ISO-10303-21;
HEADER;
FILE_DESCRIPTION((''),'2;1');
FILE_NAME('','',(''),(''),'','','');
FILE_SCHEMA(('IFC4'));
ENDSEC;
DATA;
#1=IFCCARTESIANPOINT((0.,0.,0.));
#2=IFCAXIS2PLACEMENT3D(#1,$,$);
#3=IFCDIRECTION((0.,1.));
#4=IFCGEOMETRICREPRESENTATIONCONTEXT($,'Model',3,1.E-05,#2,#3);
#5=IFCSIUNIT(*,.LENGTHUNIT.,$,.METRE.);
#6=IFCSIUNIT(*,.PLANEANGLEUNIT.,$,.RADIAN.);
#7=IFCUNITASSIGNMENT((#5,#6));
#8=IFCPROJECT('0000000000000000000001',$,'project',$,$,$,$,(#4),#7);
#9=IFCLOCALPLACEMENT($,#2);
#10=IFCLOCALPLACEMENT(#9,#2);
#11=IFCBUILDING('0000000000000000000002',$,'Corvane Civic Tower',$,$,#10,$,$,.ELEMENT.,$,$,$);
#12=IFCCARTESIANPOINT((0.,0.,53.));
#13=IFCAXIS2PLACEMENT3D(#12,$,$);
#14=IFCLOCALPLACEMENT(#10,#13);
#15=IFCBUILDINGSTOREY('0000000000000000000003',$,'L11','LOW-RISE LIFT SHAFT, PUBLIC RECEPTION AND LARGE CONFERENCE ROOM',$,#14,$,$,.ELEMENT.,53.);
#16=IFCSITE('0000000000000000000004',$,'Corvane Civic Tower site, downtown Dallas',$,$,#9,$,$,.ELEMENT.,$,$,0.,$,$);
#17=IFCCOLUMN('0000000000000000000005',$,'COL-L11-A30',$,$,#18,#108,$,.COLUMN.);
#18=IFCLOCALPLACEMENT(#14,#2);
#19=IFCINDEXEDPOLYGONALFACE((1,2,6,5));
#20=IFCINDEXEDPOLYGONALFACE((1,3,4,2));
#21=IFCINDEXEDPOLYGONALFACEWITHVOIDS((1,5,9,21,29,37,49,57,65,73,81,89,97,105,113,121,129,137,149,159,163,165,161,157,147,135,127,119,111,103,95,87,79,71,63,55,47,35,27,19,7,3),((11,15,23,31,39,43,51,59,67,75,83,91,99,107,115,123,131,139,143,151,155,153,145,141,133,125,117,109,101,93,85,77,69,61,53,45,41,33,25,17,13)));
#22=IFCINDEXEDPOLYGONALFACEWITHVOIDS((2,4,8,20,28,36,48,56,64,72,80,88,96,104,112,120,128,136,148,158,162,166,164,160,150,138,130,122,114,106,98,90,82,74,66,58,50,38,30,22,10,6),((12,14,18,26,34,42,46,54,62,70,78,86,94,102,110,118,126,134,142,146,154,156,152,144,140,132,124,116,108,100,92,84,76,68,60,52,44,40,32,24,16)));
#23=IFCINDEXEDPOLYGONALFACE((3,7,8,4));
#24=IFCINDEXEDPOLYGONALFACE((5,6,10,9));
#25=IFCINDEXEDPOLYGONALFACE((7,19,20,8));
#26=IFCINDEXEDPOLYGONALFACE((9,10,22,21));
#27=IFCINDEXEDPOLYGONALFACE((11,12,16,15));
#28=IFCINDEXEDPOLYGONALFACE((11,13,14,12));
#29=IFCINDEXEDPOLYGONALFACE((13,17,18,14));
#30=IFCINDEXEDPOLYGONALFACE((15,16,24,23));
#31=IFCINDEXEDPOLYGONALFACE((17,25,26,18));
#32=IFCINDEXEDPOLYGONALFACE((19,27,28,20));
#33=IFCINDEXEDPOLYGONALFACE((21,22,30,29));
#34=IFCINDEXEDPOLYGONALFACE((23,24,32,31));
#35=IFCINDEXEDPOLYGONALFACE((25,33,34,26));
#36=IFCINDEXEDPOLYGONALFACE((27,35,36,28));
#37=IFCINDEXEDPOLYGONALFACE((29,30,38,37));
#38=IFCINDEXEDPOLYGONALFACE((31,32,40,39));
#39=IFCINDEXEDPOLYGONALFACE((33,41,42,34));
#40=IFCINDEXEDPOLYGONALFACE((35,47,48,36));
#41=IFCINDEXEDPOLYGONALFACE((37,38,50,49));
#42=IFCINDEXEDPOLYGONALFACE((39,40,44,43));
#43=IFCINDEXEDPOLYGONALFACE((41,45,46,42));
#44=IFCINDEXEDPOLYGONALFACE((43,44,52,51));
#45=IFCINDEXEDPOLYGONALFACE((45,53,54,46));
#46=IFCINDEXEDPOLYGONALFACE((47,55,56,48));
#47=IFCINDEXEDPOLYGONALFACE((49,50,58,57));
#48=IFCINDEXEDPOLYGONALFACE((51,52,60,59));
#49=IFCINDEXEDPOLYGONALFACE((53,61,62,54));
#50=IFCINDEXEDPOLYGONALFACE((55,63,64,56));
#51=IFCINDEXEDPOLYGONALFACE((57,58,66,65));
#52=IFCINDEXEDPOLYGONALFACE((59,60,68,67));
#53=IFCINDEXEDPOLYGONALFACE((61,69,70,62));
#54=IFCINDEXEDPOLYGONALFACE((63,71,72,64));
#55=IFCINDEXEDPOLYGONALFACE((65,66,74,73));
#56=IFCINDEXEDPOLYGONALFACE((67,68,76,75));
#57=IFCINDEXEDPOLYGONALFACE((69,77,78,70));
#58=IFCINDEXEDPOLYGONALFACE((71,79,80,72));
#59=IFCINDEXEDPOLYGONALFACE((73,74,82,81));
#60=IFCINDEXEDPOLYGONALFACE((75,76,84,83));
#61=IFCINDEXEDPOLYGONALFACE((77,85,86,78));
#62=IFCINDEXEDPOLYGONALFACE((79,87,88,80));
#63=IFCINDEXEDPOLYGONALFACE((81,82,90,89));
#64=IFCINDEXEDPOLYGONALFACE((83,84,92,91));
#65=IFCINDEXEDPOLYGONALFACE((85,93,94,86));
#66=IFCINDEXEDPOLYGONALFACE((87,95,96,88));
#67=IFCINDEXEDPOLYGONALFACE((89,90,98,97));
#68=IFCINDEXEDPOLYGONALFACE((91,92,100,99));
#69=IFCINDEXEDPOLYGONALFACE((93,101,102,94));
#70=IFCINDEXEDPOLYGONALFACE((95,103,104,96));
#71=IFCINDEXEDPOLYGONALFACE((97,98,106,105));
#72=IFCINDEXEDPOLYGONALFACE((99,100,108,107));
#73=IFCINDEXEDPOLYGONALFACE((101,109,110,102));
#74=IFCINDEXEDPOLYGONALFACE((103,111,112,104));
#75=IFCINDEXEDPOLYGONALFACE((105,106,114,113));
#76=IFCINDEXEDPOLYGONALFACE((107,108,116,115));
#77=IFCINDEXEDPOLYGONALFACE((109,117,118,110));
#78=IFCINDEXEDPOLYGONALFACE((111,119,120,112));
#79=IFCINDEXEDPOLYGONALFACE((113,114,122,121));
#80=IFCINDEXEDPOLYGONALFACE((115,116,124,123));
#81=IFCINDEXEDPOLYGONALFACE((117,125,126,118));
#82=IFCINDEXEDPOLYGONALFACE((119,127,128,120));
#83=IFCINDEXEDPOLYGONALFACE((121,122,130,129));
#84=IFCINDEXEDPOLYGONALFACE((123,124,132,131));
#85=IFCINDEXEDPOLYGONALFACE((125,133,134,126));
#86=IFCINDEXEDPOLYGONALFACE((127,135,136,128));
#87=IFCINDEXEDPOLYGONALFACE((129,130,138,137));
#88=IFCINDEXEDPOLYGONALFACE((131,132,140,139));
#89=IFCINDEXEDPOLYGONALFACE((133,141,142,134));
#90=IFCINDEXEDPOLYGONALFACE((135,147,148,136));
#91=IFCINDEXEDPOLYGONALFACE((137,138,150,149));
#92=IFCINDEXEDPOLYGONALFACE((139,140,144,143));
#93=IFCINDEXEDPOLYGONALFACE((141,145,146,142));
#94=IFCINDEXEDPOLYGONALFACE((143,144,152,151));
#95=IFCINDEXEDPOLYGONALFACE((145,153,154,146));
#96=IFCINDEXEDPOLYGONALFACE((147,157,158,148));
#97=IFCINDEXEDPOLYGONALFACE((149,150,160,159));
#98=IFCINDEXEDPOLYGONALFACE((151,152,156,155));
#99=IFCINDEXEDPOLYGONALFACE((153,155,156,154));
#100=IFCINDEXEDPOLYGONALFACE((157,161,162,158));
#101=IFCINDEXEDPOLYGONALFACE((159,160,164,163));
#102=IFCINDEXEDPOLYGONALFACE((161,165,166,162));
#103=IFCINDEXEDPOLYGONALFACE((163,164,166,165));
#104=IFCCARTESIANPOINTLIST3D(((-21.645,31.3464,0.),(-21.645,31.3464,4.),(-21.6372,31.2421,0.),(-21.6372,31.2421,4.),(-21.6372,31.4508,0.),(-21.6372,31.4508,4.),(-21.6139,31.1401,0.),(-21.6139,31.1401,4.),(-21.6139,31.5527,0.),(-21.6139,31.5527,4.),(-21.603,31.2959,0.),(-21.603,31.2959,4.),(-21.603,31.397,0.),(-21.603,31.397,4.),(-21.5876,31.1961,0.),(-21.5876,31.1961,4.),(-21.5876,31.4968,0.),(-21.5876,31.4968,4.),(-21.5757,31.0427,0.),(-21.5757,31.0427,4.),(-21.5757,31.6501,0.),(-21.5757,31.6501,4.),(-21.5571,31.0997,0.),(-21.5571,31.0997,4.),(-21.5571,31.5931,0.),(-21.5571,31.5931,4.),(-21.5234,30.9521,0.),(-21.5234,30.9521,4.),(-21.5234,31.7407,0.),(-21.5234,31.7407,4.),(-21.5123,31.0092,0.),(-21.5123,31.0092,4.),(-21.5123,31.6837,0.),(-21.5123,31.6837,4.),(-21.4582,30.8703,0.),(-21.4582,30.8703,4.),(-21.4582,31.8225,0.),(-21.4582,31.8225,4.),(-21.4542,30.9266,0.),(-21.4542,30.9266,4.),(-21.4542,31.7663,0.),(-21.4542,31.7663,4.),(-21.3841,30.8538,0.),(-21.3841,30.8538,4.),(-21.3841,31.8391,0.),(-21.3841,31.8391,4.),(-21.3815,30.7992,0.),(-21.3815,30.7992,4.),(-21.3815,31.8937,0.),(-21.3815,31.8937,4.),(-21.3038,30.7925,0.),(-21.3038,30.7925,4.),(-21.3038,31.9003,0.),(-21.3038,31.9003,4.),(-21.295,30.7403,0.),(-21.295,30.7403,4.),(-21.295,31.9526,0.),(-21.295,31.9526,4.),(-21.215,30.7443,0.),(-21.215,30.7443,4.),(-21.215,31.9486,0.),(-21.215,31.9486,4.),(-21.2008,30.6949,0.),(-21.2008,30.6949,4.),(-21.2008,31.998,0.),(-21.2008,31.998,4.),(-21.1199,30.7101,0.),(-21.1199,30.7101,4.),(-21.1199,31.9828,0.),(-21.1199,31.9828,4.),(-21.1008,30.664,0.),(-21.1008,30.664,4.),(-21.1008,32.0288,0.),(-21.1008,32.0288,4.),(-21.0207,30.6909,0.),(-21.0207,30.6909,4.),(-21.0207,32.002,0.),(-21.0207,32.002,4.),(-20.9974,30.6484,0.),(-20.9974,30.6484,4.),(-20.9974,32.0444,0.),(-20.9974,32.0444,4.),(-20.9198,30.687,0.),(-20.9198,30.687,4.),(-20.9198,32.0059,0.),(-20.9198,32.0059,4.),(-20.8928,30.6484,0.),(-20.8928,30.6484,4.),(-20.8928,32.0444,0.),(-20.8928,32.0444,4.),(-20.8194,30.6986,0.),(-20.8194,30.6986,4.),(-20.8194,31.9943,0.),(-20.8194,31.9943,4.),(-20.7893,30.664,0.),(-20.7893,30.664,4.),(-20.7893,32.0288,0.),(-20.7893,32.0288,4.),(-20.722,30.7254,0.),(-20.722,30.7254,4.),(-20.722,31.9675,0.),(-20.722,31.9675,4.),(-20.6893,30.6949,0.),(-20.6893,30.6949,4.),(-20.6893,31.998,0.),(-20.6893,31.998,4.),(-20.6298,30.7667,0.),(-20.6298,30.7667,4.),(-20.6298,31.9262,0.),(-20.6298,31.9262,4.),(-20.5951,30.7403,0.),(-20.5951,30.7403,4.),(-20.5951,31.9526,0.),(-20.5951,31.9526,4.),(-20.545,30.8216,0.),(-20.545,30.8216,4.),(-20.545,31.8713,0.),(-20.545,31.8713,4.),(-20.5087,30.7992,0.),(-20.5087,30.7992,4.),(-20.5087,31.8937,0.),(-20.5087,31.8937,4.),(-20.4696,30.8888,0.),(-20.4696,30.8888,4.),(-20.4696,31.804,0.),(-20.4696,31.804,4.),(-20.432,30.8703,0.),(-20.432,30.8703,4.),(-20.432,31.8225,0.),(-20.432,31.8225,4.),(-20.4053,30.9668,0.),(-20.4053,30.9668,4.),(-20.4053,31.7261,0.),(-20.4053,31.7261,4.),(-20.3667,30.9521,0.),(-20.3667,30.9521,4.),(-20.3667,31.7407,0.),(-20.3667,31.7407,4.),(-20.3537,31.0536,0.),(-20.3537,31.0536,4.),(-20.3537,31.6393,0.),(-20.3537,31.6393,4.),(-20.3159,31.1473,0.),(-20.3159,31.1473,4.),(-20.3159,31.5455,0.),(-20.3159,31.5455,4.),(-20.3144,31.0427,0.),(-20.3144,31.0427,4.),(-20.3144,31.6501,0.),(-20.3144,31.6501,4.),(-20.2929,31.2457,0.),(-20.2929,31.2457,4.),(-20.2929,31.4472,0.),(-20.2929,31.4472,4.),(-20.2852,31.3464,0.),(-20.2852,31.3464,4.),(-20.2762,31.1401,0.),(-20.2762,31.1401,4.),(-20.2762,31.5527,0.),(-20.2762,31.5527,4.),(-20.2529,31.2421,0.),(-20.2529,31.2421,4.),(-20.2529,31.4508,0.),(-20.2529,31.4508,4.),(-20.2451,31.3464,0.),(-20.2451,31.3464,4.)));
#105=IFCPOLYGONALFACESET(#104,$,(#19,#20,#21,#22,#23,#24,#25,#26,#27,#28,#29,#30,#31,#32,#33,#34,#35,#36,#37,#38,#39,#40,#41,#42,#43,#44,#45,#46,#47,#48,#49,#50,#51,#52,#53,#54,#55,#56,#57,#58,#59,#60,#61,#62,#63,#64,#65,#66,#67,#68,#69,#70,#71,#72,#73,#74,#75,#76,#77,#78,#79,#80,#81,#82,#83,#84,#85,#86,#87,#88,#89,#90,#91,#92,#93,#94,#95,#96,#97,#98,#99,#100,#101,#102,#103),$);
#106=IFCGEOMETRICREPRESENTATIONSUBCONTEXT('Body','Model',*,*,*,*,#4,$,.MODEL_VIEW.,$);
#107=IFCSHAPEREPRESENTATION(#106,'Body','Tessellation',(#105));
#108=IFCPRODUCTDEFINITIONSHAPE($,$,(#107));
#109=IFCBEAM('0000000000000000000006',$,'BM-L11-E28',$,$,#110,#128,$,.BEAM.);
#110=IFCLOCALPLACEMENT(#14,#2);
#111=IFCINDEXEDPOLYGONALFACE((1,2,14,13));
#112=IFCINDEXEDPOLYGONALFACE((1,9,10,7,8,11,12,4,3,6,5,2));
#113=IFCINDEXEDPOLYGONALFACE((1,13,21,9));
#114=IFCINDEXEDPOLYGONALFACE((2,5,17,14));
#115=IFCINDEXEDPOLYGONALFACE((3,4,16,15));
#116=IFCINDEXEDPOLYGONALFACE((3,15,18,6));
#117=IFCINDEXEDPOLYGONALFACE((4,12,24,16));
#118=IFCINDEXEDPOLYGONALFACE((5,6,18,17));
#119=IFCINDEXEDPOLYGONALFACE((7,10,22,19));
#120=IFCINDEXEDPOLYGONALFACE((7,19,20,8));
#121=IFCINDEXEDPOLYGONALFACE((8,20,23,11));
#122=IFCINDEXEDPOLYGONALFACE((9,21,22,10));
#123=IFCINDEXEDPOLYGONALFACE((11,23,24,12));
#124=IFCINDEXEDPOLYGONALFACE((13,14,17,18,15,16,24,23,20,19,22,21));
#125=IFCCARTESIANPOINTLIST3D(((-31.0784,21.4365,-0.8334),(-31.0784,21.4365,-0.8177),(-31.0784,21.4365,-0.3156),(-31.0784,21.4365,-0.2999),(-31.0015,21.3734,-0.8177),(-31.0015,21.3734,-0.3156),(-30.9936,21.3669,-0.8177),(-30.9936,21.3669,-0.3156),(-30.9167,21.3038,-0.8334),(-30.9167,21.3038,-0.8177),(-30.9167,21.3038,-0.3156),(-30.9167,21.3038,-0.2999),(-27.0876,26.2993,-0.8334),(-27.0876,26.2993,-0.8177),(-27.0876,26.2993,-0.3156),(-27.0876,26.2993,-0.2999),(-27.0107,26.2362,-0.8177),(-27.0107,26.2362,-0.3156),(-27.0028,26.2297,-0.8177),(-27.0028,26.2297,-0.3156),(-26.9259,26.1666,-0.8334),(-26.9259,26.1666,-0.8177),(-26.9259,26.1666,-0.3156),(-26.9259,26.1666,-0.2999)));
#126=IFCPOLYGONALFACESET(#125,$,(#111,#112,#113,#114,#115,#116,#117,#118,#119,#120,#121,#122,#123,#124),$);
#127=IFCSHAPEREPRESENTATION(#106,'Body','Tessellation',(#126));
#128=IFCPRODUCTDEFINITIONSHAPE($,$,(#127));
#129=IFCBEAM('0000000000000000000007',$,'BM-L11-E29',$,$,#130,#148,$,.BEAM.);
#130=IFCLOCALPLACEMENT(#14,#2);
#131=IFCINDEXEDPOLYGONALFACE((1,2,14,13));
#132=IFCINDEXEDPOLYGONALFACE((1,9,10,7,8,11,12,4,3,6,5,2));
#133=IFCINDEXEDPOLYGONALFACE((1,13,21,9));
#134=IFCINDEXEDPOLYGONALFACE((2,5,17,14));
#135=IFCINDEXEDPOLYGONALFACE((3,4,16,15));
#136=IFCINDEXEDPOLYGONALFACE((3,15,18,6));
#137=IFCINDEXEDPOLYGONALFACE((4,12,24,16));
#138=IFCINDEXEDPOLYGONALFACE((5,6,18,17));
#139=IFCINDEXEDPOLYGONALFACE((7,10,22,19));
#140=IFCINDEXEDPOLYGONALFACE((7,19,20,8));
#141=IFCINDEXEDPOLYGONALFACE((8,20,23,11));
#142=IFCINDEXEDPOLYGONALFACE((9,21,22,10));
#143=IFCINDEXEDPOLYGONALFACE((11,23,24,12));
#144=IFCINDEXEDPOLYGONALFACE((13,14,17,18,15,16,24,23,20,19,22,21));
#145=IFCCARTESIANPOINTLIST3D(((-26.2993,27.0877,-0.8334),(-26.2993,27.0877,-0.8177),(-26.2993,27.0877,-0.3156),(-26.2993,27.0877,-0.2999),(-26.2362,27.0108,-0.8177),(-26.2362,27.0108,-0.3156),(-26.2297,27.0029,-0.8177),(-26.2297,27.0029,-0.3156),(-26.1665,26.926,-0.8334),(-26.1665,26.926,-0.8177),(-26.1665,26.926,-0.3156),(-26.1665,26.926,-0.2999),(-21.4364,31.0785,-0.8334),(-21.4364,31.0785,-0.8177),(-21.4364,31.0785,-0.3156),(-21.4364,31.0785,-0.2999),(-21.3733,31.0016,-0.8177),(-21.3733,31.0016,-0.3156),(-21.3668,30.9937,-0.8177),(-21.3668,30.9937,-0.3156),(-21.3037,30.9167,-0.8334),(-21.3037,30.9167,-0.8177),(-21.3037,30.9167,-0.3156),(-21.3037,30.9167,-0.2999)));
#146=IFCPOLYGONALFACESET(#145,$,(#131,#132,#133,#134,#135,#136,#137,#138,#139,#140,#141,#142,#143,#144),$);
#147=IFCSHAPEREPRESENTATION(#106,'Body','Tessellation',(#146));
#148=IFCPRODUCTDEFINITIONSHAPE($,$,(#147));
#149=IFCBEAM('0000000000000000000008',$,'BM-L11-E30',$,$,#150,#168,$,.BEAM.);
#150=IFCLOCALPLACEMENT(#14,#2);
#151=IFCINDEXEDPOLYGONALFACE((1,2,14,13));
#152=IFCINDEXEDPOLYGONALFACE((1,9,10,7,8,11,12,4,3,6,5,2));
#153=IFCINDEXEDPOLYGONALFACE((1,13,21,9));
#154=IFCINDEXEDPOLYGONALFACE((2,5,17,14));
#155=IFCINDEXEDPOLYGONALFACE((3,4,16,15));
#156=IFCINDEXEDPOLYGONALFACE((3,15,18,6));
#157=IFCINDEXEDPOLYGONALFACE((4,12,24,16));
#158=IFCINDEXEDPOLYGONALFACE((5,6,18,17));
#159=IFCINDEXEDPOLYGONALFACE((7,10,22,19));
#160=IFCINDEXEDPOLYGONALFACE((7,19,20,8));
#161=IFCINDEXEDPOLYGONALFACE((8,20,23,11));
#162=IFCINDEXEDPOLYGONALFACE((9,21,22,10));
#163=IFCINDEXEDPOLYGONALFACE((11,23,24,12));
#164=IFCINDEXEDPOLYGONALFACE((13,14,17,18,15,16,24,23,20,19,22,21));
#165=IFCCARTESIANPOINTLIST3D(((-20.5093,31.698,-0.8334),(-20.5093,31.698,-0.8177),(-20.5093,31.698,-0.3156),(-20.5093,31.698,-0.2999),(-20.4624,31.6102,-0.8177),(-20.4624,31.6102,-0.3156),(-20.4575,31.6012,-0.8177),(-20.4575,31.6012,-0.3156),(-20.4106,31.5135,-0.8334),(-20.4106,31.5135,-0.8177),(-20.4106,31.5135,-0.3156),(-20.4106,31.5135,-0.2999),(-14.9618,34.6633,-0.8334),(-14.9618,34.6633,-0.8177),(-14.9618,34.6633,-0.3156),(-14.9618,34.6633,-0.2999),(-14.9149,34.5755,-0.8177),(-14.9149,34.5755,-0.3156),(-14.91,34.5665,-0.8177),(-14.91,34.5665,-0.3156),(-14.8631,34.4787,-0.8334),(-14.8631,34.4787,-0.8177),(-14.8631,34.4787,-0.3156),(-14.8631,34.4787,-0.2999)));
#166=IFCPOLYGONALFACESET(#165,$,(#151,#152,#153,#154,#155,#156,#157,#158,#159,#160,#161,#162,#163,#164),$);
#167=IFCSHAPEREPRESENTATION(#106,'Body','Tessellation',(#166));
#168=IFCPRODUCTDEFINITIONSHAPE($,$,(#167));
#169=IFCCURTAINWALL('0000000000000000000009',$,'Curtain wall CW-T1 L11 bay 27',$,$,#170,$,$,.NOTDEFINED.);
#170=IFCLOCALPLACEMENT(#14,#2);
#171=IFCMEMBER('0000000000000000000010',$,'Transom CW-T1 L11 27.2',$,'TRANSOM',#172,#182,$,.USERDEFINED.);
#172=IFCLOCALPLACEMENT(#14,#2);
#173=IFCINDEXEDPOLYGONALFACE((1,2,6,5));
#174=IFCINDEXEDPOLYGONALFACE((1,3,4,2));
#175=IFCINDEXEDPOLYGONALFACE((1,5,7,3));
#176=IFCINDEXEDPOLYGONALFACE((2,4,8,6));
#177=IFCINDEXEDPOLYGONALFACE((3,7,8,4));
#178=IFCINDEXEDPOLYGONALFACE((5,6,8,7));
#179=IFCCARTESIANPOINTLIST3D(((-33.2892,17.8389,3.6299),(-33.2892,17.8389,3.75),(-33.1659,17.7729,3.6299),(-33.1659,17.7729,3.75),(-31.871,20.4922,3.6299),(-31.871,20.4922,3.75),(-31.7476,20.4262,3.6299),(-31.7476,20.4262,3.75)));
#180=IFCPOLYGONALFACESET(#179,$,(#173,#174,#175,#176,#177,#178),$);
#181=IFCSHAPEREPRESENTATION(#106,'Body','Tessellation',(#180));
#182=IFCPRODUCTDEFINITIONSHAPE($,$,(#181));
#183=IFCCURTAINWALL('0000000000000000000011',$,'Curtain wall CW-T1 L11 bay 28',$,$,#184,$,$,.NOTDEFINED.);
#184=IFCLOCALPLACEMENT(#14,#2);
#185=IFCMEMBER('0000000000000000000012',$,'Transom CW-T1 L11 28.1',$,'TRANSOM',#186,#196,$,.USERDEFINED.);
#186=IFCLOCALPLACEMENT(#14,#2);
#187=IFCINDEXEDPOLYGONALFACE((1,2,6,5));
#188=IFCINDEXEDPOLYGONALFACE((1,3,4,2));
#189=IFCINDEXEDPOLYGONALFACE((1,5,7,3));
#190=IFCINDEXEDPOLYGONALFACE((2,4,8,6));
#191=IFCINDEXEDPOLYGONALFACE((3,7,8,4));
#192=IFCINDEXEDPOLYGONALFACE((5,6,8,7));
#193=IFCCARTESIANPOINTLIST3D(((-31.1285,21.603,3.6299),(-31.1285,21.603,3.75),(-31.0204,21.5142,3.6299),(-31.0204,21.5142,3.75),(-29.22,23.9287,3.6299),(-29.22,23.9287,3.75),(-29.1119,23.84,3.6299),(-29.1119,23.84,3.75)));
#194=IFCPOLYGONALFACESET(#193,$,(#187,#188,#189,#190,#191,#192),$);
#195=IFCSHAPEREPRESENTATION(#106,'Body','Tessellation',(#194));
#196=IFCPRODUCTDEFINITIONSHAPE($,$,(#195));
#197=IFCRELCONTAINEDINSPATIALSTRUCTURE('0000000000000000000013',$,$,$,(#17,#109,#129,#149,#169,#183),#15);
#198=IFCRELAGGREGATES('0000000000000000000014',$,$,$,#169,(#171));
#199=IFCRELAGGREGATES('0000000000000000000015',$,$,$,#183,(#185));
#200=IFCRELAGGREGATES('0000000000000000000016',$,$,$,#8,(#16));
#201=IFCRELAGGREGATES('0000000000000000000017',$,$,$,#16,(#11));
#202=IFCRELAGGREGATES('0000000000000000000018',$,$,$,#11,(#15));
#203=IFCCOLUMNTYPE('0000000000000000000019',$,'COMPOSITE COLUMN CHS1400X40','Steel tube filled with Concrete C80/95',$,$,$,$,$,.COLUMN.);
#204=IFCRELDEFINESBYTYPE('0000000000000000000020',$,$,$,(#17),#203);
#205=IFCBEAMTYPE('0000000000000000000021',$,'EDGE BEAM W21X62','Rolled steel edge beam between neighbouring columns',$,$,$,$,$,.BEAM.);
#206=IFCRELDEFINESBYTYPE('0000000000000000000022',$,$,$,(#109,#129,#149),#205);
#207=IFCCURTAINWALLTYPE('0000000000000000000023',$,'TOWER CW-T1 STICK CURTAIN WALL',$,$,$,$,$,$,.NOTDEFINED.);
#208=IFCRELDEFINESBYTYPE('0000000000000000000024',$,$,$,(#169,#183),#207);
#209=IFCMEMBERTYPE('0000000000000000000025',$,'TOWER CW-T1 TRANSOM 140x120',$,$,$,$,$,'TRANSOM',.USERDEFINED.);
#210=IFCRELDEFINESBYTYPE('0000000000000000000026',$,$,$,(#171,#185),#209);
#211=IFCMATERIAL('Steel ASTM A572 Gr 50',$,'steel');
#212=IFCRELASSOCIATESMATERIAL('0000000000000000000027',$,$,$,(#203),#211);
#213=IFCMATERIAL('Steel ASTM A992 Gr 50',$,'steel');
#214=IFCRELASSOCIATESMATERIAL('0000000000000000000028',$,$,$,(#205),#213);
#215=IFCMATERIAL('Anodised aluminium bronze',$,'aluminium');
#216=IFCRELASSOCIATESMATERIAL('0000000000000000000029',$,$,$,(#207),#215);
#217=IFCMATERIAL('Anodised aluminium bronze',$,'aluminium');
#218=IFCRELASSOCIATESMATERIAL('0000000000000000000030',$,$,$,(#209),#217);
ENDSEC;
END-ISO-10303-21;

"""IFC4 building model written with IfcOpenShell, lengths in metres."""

from ifc_helpers import new_model, si_unit, direction, frame, origin, origin_2d, place, context, subcontext, project, spatial, rectangle, hollow_circle, i_section, extrude, material, material_profile, profile_set, type_object, element, aggregate, save


model = new_model("IFC4")

# Units and contexts
model_context = context("Model", 3, precision=1e-05, world=origin(), true_north=direction((0.0, 1.0)))
body_context = subcontext(model_context, "Body", "Model", "MODEL_VIEW")
ifc_project = project(units=[si_unit("LENGTHUNIT", "METRE"), si_unit("PLANEANGLEUNIT", "RADIAN")], contexts=[model_context])

# Site, building, storey
site_placement = place(None, origin())
site = spatial("IfcSite", under=ifc_project, at=site_placement, Name="Corvane Civic Tower site, downtown Dallas", CompositionType="ELEMENT", RefElevation=0.0)
building_placement = place(site_placement, origin())
building = spatial("IfcBuilding", under=site, at=building_placement, Name="Corvane Civic Tower", CompositionType="ELEMENT")
storey_placement = place(building_placement, frame((0.0, 0.0, 53.0)))
storey = spatial("IfcBuildingStorey", under=building, at=storey_placement, Name="L11", Description="LOW-RISE LIFT SHAFT, PUBLIC RECEPTION AND LARGE CONFERENCE ROOM", CompositionType="ELEMENT", Elevation=53.0)

# Column
ifc_material_1 = material(Name="Steel ASTM A572 Gr 50", Category="steel")
ifc_material_profile_1 = material_profile(ifc_material_1, hollow_circle(Radius=0.7, WallThickness=0.04, at=origin_2d()), Name="CHS1400X40")
ifc_profile_set_1 = profile_set([ifc_material_profile_1], Name="Steel ASTM A572 Gr 50")
column_type = type_object("IfcColumnType", Name="COMPOSITE COLUMN CHS1400X40", Description="Steel tube filled with Concrete C80/95", PredefinedType="COLUMN", material=ifc_profile_set_1)
for number, where, z_axis, x_axis, name in (
    (1, (-20.9451, 31.3464, 0.0), (0.0, 0.0, 1.0), (1.0, 0.0, 0.0), "COL-L11-A30"),
):
    element("IfcColumn", number, at=place(storey_placement, frame(where, z_axis=z_axis, x_axis=x_axis)), inside=storey, type_object=column_type, Name=name, PredefinedType="COLUMN", context=body_context, shape_type="SweptSolid", body=[
        extrude(hollow_circle(Radius=0.7, WallThickness=0.04, at=origin_2d()), origin(), (0.0, 0.0, 1.0), 4.0),
    ])

# Beams
ifc_material_2 = material(Name="Steel ASTM A992 Gr 50", Category="steel")
ifc_material_profile_2 = material_profile(ifc_material_2, i_section(OverallWidth=0.2092, OverallDepth=0.5334, WebThickness=0.0103, FlangeThickness=0.0156, at=origin_2d()), Name="W21X62")
ifc_profile_set_2 = profile_set([ifc_material_profile_2], Name="Steel ASTM A992 Gr 50")
beam_type = type_object("IfcBeamType", Name="EDGE BEAM W21X62", Description="Rolled steel edge beam between neighbouring columns", PredefinedType="BEAM", material=ifc_profile_set_2)
for number, where, z_axis, x_axis, name in (
    (2, (-30.9976, 21.3701, -0.5667), (0.634387, 0.773016, 0.0), (-0.773016, 0.634387, 0.0), "BM-L11-E28"),
    (3, (-26.2329, 27.0068, -0.5667), (0.773016, 0.634387, 0.0), (-0.634387, 0.773016, 0.0), "BM-L11-E29"),
):
    element("IfcBeam", number, at=place(storey_placement, frame(where, z_axis=z_axis, x_axis=x_axis)), inside=storey, type_object=beam_type, Name=name, PredefinedType="BEAM", context=body_context, shape_type="SweptSolid", body=[
        extrude(i_section(OverallWidth=0.2092, OverallDepth=0.5334, WebThickness=0.0103, FlangeThickness=0.0156, at=origin_2d()), origin(), (0.0, 0.0, 1.0), 6.2908),
    ])
beam_placement = place(storey_placement, frame((-20.46, 31.6057, -0.5667), z_axis=(0.881916, 0.471406, 0.0), x_axis=(-0.471406, 0.881916, 0.0)))
element("IfcBeam", 4, at=beam_placement, inside=storey, type_object=beam_type, Name="BM-L11-E30", PredefinedType="BEAM", context=body_context, shape_type="SweptSolid", body=[
    extrude(i_section(OverallWidth=0.2092, OverallDepth=0.5334, WebThickness=0.0103, FlangeThickness=0.0156, at=origin_2d()), origin(), (0.0, 0.0, 1.0), 6.2903),
])

# Curtain wall, member
ifc_material_3 = material(Name="Anodised aluminium bronze", Category="aluminium")
curtain_wall_type = type_object("IfcCurtainWallType", Name="TOWER CW-T1 STICK CURTAIN WALL", PredefinedType="NOTDEFINED", material=ifc_material_3)
curtain_wall_1_placement = place(storey_placement, origin())
curtain_wall_1 = element("IfcCurtainWall", 5, at=curtain_wall_1_placement, inside=storey, type_object=curtain_wall_type, Name="Curtain wall CW-T1 L11 bay 27", PredefinedType="NOTDEFINED")
ifc_material_4 = material(Name="Anodised aluminium bronze", Category="aluminium")
ifc_material_profile_3 = material_profile(ifc_material_4, rectangle(XDim=0.1399, YDim=0.1201, at=origin_2d()), Name="TOWER CW-T1 TRANSOM 140x120")
ifc_profile_set_3 = profile_set([ifc_material_profile_3], Name="Anodised aluminium bronze")
member_type_1 = type_object("IfcMemberType", Name="TOWER CW-T1 TRANSOM 140x120", ElementType="TRANSOM", PredefinedType="USERDEFINED", material=ifc_profile_set_3)
member_1_placement = place(storey_placement, frame((-33.2275, 17.8059, 3.6899), z_axis=(0.471393, 0.881924, 0.0), x_axis=(-0.881924, 0.471393, 0.0)))
member_1 = element("IfcMember", 6, at=member_1_placement, type_object=member_type_1, Name="Transom CW-T1 L11 27.2", ObjectType="TRANSOM", PredefinedType="USERDEFINED", context=body_context, shape_type="SweptSolid", body=[
    extrude(rectangle(XDim=0.1399, YDim=0.1201, at=origin_2d()), origin(), (0.0, 0.0, 1.0), 3.0085),
])

# Curtain wall, member
curtain_wall_2_placement = place(storey_placement, origin())
curtain_wall_2 = element("IfcCurtainWall", 7, at=curtain_wall_2_placement, inside=storey, type_object=curtain_wall_type, Name="Curtain wall CW-T1 L11 bay 28", PredefinedType="NOTDEFINED")
member_2_placement = place(storey_placement, frame((-31.0745, 21.5586, 3.6899), z_axis=(0.634355, 0.773042, 0.0), x_axis=(-0.773042, 0.634355, 0.0)))
member_2 = element("IfcMember", 8, at=member_2_placement, type_object=member_type_1, Name="Transom CW-T1 L11 28.1", ObjectType="TRANSOM", PredefinedType="USERDEFINED", context=body_context, shape_type="SweptSolid", body=[
    extrude(rectangle(XDim=0.1399, YDim=0.1201, at=origin_2d()), origin(), (0.0, 0.0, 1.0), 3.0085),
])

aggregate(curtain_wall_1, [member_1])
aggregate(curtain_wall_2, [member_2])

save(model, "model.ifc")
